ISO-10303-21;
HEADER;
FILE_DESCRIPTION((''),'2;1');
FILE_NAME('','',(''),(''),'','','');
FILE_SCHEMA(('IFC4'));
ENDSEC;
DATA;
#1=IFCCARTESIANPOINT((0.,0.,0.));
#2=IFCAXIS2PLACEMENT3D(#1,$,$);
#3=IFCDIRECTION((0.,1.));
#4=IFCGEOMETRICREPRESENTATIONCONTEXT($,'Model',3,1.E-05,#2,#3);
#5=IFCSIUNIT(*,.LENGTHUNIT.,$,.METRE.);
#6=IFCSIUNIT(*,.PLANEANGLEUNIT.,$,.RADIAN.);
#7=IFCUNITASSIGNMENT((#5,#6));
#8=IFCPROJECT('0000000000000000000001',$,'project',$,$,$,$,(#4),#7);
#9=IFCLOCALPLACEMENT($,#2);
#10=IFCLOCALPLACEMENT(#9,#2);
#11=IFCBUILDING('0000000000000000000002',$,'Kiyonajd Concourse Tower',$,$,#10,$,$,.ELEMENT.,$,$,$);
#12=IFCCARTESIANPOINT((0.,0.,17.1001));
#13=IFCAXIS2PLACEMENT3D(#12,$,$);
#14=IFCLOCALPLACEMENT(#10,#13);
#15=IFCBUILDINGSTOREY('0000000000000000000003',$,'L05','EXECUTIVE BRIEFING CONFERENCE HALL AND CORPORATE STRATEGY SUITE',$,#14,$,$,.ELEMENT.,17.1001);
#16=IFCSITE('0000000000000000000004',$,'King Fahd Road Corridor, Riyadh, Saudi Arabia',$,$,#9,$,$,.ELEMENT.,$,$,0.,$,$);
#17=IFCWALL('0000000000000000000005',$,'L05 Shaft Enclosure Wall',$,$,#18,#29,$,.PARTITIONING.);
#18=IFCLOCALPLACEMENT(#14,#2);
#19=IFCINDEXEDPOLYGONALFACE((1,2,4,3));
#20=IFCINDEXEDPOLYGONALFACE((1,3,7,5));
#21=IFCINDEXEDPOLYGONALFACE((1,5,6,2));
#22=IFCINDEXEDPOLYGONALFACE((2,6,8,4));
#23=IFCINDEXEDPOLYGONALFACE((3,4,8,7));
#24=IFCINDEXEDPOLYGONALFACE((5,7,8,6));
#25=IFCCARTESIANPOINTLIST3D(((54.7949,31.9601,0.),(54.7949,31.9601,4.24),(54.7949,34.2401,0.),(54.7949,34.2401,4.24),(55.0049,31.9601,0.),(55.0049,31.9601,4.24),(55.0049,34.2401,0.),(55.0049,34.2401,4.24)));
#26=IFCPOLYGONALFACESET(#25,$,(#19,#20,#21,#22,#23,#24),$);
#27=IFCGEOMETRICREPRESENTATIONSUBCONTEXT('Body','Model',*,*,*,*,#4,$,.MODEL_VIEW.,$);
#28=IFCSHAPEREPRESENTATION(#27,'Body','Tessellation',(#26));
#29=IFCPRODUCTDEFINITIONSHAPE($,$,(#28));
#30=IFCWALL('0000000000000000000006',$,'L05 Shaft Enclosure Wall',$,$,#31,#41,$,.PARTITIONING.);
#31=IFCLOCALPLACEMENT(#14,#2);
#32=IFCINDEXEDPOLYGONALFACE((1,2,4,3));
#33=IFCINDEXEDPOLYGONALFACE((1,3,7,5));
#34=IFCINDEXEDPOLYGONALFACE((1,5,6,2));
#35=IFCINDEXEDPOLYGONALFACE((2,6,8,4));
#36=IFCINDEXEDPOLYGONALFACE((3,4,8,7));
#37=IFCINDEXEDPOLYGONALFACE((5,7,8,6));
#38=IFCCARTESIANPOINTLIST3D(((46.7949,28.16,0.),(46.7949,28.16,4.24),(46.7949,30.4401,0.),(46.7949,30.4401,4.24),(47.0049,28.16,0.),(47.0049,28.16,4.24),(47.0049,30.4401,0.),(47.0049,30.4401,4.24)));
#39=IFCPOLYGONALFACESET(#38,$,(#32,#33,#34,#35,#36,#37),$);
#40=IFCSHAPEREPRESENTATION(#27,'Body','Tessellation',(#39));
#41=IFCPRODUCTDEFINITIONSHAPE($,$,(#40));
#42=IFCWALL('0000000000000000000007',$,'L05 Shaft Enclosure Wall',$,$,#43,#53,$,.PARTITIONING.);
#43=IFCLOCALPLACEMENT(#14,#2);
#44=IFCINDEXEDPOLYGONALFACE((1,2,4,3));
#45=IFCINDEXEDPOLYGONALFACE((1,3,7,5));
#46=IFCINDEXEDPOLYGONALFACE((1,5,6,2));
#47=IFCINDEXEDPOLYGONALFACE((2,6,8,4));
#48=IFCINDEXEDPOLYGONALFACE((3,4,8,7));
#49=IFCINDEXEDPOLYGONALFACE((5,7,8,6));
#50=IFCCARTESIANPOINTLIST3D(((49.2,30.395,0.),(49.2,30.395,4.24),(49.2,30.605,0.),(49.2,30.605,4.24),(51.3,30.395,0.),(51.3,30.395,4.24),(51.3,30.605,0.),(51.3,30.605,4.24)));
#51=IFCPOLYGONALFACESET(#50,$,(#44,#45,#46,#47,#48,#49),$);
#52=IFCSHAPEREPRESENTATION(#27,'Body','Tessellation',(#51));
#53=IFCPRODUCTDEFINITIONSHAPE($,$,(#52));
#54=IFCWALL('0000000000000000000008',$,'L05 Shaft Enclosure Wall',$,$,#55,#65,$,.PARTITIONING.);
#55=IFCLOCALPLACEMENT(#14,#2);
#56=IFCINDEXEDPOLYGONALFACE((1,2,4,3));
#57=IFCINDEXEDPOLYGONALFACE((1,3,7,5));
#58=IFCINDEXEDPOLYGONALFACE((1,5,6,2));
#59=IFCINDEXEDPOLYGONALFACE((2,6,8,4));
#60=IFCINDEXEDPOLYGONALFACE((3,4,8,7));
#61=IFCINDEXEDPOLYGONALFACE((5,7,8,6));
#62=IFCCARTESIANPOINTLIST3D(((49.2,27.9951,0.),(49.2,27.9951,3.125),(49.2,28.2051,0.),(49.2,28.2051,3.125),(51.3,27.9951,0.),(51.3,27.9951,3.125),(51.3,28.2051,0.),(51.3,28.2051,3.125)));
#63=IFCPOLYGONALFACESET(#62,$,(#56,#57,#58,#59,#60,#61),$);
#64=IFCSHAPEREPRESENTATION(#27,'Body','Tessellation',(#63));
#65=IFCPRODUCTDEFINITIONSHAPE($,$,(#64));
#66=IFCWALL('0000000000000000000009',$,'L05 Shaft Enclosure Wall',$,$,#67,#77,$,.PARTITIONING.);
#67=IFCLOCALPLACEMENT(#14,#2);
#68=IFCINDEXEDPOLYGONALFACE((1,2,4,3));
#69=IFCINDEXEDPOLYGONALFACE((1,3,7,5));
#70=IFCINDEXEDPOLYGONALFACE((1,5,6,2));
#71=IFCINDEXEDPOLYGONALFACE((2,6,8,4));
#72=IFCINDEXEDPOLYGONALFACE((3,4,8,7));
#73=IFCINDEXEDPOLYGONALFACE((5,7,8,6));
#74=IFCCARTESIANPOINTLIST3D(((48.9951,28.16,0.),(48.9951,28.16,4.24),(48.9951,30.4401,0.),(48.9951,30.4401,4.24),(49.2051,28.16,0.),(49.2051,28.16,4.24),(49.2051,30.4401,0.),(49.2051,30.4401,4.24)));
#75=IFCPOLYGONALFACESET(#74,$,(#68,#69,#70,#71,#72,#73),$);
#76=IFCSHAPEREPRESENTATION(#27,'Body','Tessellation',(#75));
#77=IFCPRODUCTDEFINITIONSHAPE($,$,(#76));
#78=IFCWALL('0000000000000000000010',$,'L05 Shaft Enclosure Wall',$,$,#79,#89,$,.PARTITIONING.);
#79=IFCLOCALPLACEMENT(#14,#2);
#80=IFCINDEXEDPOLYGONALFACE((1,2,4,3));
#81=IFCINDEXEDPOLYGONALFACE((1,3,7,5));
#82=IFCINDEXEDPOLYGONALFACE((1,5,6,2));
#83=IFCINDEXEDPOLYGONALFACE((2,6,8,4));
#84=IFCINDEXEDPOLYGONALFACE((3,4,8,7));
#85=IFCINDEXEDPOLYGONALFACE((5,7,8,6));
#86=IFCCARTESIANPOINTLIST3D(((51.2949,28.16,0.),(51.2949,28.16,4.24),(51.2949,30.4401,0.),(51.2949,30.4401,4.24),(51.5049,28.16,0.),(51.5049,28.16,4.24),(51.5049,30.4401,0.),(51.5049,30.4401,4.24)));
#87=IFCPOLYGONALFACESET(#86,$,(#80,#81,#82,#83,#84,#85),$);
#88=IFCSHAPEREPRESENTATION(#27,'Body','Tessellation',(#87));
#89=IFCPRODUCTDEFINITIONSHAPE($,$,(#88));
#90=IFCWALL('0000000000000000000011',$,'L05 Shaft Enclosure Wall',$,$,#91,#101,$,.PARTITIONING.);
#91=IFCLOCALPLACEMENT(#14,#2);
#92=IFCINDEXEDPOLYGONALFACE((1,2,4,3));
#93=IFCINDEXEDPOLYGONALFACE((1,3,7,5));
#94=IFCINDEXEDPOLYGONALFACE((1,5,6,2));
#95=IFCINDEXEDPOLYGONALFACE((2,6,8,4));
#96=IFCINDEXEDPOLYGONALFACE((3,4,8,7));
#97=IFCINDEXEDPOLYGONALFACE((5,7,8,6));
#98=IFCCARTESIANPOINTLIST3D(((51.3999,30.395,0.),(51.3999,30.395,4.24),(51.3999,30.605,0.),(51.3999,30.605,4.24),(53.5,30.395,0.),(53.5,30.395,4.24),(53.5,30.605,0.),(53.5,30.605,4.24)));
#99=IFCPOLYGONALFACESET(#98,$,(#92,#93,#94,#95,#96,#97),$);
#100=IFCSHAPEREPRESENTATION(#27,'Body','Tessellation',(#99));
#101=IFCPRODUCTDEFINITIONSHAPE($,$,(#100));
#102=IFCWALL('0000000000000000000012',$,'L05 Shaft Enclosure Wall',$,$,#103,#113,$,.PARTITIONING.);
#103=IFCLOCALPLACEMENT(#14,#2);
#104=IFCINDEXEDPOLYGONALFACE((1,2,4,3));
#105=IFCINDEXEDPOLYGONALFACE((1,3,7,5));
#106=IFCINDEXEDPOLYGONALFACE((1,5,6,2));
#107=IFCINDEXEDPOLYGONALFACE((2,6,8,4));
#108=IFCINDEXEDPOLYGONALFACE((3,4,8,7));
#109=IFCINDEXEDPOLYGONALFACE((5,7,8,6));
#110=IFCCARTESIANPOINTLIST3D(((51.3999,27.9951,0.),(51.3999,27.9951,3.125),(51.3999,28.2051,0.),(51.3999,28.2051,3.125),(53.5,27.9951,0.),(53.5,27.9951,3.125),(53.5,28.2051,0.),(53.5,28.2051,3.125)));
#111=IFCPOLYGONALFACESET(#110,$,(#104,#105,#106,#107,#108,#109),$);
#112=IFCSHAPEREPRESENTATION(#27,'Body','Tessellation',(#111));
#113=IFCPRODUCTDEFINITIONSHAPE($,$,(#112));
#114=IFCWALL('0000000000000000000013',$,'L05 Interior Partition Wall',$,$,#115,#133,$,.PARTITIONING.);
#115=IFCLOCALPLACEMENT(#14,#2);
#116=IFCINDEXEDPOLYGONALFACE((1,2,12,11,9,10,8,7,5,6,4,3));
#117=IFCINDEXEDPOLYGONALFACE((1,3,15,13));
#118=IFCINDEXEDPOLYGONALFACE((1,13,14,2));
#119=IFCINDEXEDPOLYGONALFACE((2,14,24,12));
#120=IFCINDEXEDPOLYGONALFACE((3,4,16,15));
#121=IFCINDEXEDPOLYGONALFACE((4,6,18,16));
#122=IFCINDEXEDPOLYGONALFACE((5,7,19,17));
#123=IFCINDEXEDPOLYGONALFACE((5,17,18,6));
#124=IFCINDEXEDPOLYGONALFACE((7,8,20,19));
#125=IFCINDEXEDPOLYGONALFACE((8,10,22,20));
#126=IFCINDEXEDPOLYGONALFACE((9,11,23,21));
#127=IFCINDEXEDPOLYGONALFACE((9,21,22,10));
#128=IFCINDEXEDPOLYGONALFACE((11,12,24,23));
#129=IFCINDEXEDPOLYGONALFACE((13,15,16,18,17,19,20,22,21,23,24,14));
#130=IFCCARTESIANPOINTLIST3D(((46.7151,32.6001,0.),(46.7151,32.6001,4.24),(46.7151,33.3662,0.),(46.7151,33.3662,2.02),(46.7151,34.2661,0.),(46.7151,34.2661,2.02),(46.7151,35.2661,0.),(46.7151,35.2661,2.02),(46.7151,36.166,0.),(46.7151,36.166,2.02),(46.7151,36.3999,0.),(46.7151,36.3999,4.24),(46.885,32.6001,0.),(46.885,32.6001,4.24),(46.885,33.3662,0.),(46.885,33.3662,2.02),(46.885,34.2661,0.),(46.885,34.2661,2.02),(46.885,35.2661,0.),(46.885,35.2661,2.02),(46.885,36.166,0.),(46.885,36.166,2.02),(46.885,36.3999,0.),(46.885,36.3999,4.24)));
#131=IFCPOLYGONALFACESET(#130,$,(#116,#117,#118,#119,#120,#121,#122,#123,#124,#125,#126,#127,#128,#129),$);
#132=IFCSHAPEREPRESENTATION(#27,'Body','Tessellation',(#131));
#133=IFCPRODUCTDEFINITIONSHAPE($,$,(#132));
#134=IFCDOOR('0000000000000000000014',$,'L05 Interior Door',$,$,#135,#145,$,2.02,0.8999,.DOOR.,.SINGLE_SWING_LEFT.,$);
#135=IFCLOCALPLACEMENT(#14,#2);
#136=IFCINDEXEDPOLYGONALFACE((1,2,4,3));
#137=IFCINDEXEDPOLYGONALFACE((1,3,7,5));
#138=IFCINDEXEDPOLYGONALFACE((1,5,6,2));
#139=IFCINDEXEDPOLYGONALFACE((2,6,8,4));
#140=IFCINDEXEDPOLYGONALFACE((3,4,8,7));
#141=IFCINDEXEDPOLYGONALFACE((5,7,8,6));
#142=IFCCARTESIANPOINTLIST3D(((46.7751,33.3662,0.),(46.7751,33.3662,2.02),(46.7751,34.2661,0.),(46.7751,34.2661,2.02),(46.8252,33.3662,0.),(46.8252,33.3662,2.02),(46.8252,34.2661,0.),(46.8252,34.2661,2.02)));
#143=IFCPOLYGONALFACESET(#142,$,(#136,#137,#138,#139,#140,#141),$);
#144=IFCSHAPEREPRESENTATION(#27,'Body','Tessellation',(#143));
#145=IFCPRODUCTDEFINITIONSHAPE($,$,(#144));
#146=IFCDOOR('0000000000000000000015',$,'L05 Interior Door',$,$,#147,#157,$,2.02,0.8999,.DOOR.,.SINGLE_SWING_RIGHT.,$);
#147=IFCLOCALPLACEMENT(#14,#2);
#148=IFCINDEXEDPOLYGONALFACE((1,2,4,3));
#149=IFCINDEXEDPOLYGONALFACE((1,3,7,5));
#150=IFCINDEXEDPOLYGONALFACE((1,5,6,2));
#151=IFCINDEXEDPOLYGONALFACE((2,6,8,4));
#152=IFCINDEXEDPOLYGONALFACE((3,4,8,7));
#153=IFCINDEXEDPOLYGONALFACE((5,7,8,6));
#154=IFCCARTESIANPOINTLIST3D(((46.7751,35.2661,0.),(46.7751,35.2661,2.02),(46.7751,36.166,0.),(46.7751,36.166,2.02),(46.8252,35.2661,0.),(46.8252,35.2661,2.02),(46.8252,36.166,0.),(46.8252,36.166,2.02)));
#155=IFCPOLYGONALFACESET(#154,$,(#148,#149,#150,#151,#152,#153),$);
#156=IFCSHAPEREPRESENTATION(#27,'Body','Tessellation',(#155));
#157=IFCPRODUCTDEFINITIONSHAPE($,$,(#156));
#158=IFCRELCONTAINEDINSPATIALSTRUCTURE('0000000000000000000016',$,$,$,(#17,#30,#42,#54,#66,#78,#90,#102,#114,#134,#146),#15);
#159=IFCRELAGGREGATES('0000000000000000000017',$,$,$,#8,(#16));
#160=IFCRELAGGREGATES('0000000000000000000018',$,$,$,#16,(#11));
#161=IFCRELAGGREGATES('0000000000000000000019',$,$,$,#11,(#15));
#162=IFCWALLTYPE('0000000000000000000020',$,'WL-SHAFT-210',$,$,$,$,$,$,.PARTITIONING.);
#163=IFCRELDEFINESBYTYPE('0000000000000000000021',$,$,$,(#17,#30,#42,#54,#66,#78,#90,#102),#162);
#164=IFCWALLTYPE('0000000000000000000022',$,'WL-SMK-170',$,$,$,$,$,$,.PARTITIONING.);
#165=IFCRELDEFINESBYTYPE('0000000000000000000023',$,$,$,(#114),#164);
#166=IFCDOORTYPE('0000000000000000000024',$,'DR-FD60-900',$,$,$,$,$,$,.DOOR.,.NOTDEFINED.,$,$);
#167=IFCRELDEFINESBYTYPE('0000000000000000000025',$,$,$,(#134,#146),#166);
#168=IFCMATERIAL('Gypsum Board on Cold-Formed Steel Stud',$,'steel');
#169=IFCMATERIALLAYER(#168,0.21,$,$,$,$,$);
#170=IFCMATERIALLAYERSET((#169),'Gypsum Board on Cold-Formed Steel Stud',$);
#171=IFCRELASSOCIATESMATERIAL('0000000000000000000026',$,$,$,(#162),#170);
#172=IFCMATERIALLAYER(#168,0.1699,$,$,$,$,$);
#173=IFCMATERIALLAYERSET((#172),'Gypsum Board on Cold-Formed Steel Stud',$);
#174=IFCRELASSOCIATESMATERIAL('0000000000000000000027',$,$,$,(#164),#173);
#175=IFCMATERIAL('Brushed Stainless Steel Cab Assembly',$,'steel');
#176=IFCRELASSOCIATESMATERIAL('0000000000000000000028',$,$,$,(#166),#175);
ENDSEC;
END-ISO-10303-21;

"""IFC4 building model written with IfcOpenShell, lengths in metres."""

from ifc_helpers import new_model, si_unit, direction, frame, frame_2d, origin, place, context, subcontext, project, spatial, rectangle, extrude, material, layer, layer_set, type_object, element, fill, save


model = new_model("IFC4")

# Units and contexts
model_context = context("Model", 3, precision=1e-05, world=origin(), true_north=direction((0.0, 1.0)))
body_context = subcontext(model_context, "Body", "Model", "MODEL_VIEW")
ifc_project = project(units=[si_unit("LENGTHUNIT", "METRE"), si_unit("PLANEANGLEUNIT", "RADIAN")], contexts=[model_context])

# Site, building, storey
site_placement = place(None, origin())
site = spatial("IfcSite", under=ifc_project, at=site_placement, Name="King Fahd Road Corridor, Riyadh, Saudi Arabia", CompositionType="ELEMENT", RefElevation=0.0)
building_placement = place(site_placement, origin())
building = spatial("IfcBuilding", under=site, at=building_placement, Name="Kiyonajd Concourse Tower", CompositionType="ELEMENT")
storey_placement = place(building_placement, frame((0.0, 0.0, 17.1001)))
storey = spatial("IfcBuildingStorey", under=building, at=storey_placement, Name="L05", Description="EXECUTIVE BRIEFING CONFERENCE HALL AND CORPORATE STRATEGY SUITE", CompositionType="ELEMENT", Elevation=17.1001)

# Shared definitions
ifc_material_1 = material(Name="Brushed Stainless Steel Cab Assembly", Category="steel")
ifc_material_2 = material(Name="Gypsum Board on Cold-Formed Steel Stud", Category="steel")
ifc_layer_1 = layer(ifc_material_2, 0.21)
ifc_layer_set_1 = layer_set([ifc_layer_1], Name="Gypsum Board on Cold-Formed Steel Stud")
wall_type_1 = type_object("IfcWallType", Name="WL-SHAFT-210", PredefinedType="PARTITIONING", material=ifc_layer_set_1)

# Walls
for number, where, z_axis, x_axis, name in (
    (1, (54.8999, 31.96, 0.0), (0.0, 0.0, 1.0), (0.0, 1.0, 0.0), "L05 Shaft Enclosure Wall"),
    (2, (46.8999, 28.1599, 0.0), (0.0, 0.0, 1.0), (0.0, 1.0, 0.0), "L05 Shaft Enclosure Wall"),
):
    element("IfcWall", number, at=place(storey_placement, frame(where, z_axis=z_axis, x_axis=x_axis)), inside=storey, type_object=wall_type_1, Name=name, PredefinedType="PARTITIONING", context=body_context, shape_type="SweptSolid", body=[
        extrude(rectangle(XDim=2.28, YDim=0.21, at=frame_2d((1.1401, 0.0))), origin(), (0.0, 0.0, 1.0), 4.24),
    ])
wall_1_placement = place(storey_placement, frame((49.2, 30.5, 0.0), z_axis=(0.0, 0.0, 1.0), x_axis=(1.0, 0.0, 0.0)))
element("IfcWall", 3, at=wall_1_placement, inside=storey, type_object=wall_type_1, Name="L05 Shaft Enclosure Wall", PredefinedType="PARTITIONING", context=body_context, shape_type="SweptSolid", body=[
    extrude(rectangle(XDim=2.1001, YDim=0.21, at=frame_2d((1.05, 0.0))), origin(), (0.0, 0.0, 1.0), 4.24),
])
wall_2_placement = place(storey_placement, frame((49.2, 28.1001, 0.0), z_axis=(0.0, 0.0, 1.0), x_axis=(1.0, 0.0, 0.0)))
element("IfcWall", 4, at=wall_2_placement, inside=storey, type_object=wall_type_1, Name="L05 Shaft Enclosure Wall", PredefinedType="PARTITIONING", context=body_context, shape_type="SweptSolid", body=[
    extrude(rectangle(XDim=2.1001, YDim=0.21, at=frame_2d((1.05, 0.0))), origin(), (0.0, 0.0, 1.0), 3.125),
])
for number, where, z_axis, x_axis, name in (
    (5, (49.1001, 28.1599, 0.0), (0.0, 0.0, 1.0), (0.0, 1.0, 0.0), "L05 Shaft Enclosure Wall"),
    (6, (51.3999, 28.1599, 0.0), (0.0, 0.0, 1.0), (0.0, 1.0, 0.0), "L05 Shaft Enclosure Wall"),
):
    element("IfcWall", number, at=place(storey_placement, frame(where, z_axis=z_axis, x_axis=x_axis)), inside=storey, type_object=wall_type_1, Name=name, PredefinedType="PARTITIONING", context=body_context, shape_type="SweptSolid", body=[
        extrude(rectangle(XDim=2.28, YDim=0.21, at=frame_2d((1.1401, 0.0))), origin(), (0.0, 0.0, 1.0), 4.24),
    ])
wall_3_placement = place(storey_placement, frame((51.3999, 30.5, 0.0), z_axis=(0.0, 0.0, 1.0), x_axis=(1.0, 0.0, 0.0)))
element("IfcWall", 7, at=wall_3_placement, inside=storey, type_object=wall_type_1, Name="L05 Shaft Enclosure Wall", PredefinedType="PARTITIONING", context=body_context, shape_type="SweptSolid", body=[
    extrude(rectangle(XDim=2.1001, YDim=0.21, at=frame_2d((1.05, 0.0))), origin(), (0.0, 0.0, 1.0), 4.24),
])
wall_4_placement = place(storey_placement, frame((51.3999, 28.1001, 0.0), z_axis=(0.0, 0.0, 1.0), x_axis=(1.0, 0.0, 0.0)))
element("IfcWall", 8, at=wall_4_placement, inside=storey, type_object=wall_type_1, Name="L05 Shaft Enclosure Wall", PredefinedType="PARTITIONING", context=body_context, shape_type="SweptSolid", body=[
    extrude(rectangle(XDim=2.1001, YDim=0.21, at=frame_2d((1.05, 0.0))), origin(), (0.0, 0.0, 1.0), 3.125),
])

# Wall, openings, doors
ifc_layer_2 = layer(ifc_material_2, 0.1699)
ifc_layer_set_2 = layer_set([ifc_layer_2], Name="Gypsum Board on Cold-Formed Steel Stud")
wall_type_2 = type_object("IfcWallType", Name="WL-SMK-170", PredefinedType="PARTITIONING", material=ifc_layer_set_2)
wall_5_placement = place(storey_placement, frame((46.8, 32.6001, 0.0), z_axis=(0.0, 0.0, 1.0), x_axis=(0.0, 1.0, 0.0)))
wall_5 = element("IfcWall", 9, at=wall_5_placement, inside=storey, type_object=wall_type_2, Name="L05 Interior Partition Wall", PredefinedType="PARTITIONING", context=body_context, shape_type="SweptSolid", body=[
    extrude(rectangle(XDim=3.7998, YDim=0.1699, at=frame_2d((1.8999, 0.0))), origin(), (0.0, 0.0, 1.0), 4.24),
])
opening_1_placement = place(wall_5_placement, frame((0.7661, 0.0, 0.0)))
opening_1 = element("IfcOpeningElement", 10, at=opening_1_placement, cuts=wall_5, PredefinedType="OPENING", context=body_context, shape_type="SweptSolid", body=[
    extrude(rectangle(XDim=0.8999, YDim=2.02, at=frame_2d((0.45, 1.01))), frame((0.0, 0.095, 0.0), z_axis=(0.0, -1.0, 0.0), x_axis=(1.0, 0.0, 0.0)), (0.0, 0.0, 1.0), 0.1899),
])
opening_2_placement = place(wall_5_placement, frame((2.666, 0.0, 0.0)))
opening_2 = element("IfcOpeningElement", 11, at=opening_2_placement, cuts=wall_5, PredefinedType="OPENING", context=body_context, shape_type="SweptSolid", body=[
    extrude(rectangle(XDim=0.8999, YDim=2.02, at=frame_2d((0.45, 1.01))), frame((0.0, 0.095, 0.0), z_axis=(0.0, -1.0, 0.0), x_axis=(1.0, 0.0, 0.0)), (0.0, 0.0, 1.0), 0.1899),
])
door_type_1 = type_object("IfcDoorType", Name="DR-FD60-900", OperationType="NOTDEFINED", PredefinedType="DOOR", material=ifc_material_1)
door_1_placement = place(opening_1_placement, origin())
door_1 = element("IfcDoor", 12, at=door_1_placement, inside=storey, type_object=door_type_1, Name="L05 Interior Door", OperationType="SINGLE_SWING_LEFT", OverallHeight=2.02, OverallWidth=0.8999, PredefinedType="DOOR", context=body_context, shape_type="SweptSolid", body=[
    extrude(rectangle(XDim=0.8999, YDim=2.02, at=frame_2d((0.45, 1.01))), frame((0.0, 0.0249, 0.0), z_axis=(0.0, -1.0, 0.0), x_axis=(1.0, 0.0, 0.0)), (0.0, 0.0, 1.0), 0.05),
])
fill(opening_1, door_1)
door_2_placement = place(opening_2_placement, origin())
door_2 = element("IfcDoor", 13, at=door_2_placement, inside=storey, type_object=door_type_1, Name="L05 Interior Door", OperationType="SINGLE_SWING_RIGHT", OverallHeight=2.02, OverallWidth=0.8999, PredefinedType="DOOR", context=body_context, shape_type="SweptSolid", body=[
    extrude(rectangle(XDim=0.8999, YDim=2.02, at=frame_2d((0.45, 1.01))), frame((0.0, 0.0249, 0.0), z_axis=(0.0, -1.0, 0.0), x_axis=(1.0, 0.0, 0.0)), (0.0, 0.0, 1.0), 0.05),
])
fill(opening_2, door_2)

save(model, "model.ifc")
